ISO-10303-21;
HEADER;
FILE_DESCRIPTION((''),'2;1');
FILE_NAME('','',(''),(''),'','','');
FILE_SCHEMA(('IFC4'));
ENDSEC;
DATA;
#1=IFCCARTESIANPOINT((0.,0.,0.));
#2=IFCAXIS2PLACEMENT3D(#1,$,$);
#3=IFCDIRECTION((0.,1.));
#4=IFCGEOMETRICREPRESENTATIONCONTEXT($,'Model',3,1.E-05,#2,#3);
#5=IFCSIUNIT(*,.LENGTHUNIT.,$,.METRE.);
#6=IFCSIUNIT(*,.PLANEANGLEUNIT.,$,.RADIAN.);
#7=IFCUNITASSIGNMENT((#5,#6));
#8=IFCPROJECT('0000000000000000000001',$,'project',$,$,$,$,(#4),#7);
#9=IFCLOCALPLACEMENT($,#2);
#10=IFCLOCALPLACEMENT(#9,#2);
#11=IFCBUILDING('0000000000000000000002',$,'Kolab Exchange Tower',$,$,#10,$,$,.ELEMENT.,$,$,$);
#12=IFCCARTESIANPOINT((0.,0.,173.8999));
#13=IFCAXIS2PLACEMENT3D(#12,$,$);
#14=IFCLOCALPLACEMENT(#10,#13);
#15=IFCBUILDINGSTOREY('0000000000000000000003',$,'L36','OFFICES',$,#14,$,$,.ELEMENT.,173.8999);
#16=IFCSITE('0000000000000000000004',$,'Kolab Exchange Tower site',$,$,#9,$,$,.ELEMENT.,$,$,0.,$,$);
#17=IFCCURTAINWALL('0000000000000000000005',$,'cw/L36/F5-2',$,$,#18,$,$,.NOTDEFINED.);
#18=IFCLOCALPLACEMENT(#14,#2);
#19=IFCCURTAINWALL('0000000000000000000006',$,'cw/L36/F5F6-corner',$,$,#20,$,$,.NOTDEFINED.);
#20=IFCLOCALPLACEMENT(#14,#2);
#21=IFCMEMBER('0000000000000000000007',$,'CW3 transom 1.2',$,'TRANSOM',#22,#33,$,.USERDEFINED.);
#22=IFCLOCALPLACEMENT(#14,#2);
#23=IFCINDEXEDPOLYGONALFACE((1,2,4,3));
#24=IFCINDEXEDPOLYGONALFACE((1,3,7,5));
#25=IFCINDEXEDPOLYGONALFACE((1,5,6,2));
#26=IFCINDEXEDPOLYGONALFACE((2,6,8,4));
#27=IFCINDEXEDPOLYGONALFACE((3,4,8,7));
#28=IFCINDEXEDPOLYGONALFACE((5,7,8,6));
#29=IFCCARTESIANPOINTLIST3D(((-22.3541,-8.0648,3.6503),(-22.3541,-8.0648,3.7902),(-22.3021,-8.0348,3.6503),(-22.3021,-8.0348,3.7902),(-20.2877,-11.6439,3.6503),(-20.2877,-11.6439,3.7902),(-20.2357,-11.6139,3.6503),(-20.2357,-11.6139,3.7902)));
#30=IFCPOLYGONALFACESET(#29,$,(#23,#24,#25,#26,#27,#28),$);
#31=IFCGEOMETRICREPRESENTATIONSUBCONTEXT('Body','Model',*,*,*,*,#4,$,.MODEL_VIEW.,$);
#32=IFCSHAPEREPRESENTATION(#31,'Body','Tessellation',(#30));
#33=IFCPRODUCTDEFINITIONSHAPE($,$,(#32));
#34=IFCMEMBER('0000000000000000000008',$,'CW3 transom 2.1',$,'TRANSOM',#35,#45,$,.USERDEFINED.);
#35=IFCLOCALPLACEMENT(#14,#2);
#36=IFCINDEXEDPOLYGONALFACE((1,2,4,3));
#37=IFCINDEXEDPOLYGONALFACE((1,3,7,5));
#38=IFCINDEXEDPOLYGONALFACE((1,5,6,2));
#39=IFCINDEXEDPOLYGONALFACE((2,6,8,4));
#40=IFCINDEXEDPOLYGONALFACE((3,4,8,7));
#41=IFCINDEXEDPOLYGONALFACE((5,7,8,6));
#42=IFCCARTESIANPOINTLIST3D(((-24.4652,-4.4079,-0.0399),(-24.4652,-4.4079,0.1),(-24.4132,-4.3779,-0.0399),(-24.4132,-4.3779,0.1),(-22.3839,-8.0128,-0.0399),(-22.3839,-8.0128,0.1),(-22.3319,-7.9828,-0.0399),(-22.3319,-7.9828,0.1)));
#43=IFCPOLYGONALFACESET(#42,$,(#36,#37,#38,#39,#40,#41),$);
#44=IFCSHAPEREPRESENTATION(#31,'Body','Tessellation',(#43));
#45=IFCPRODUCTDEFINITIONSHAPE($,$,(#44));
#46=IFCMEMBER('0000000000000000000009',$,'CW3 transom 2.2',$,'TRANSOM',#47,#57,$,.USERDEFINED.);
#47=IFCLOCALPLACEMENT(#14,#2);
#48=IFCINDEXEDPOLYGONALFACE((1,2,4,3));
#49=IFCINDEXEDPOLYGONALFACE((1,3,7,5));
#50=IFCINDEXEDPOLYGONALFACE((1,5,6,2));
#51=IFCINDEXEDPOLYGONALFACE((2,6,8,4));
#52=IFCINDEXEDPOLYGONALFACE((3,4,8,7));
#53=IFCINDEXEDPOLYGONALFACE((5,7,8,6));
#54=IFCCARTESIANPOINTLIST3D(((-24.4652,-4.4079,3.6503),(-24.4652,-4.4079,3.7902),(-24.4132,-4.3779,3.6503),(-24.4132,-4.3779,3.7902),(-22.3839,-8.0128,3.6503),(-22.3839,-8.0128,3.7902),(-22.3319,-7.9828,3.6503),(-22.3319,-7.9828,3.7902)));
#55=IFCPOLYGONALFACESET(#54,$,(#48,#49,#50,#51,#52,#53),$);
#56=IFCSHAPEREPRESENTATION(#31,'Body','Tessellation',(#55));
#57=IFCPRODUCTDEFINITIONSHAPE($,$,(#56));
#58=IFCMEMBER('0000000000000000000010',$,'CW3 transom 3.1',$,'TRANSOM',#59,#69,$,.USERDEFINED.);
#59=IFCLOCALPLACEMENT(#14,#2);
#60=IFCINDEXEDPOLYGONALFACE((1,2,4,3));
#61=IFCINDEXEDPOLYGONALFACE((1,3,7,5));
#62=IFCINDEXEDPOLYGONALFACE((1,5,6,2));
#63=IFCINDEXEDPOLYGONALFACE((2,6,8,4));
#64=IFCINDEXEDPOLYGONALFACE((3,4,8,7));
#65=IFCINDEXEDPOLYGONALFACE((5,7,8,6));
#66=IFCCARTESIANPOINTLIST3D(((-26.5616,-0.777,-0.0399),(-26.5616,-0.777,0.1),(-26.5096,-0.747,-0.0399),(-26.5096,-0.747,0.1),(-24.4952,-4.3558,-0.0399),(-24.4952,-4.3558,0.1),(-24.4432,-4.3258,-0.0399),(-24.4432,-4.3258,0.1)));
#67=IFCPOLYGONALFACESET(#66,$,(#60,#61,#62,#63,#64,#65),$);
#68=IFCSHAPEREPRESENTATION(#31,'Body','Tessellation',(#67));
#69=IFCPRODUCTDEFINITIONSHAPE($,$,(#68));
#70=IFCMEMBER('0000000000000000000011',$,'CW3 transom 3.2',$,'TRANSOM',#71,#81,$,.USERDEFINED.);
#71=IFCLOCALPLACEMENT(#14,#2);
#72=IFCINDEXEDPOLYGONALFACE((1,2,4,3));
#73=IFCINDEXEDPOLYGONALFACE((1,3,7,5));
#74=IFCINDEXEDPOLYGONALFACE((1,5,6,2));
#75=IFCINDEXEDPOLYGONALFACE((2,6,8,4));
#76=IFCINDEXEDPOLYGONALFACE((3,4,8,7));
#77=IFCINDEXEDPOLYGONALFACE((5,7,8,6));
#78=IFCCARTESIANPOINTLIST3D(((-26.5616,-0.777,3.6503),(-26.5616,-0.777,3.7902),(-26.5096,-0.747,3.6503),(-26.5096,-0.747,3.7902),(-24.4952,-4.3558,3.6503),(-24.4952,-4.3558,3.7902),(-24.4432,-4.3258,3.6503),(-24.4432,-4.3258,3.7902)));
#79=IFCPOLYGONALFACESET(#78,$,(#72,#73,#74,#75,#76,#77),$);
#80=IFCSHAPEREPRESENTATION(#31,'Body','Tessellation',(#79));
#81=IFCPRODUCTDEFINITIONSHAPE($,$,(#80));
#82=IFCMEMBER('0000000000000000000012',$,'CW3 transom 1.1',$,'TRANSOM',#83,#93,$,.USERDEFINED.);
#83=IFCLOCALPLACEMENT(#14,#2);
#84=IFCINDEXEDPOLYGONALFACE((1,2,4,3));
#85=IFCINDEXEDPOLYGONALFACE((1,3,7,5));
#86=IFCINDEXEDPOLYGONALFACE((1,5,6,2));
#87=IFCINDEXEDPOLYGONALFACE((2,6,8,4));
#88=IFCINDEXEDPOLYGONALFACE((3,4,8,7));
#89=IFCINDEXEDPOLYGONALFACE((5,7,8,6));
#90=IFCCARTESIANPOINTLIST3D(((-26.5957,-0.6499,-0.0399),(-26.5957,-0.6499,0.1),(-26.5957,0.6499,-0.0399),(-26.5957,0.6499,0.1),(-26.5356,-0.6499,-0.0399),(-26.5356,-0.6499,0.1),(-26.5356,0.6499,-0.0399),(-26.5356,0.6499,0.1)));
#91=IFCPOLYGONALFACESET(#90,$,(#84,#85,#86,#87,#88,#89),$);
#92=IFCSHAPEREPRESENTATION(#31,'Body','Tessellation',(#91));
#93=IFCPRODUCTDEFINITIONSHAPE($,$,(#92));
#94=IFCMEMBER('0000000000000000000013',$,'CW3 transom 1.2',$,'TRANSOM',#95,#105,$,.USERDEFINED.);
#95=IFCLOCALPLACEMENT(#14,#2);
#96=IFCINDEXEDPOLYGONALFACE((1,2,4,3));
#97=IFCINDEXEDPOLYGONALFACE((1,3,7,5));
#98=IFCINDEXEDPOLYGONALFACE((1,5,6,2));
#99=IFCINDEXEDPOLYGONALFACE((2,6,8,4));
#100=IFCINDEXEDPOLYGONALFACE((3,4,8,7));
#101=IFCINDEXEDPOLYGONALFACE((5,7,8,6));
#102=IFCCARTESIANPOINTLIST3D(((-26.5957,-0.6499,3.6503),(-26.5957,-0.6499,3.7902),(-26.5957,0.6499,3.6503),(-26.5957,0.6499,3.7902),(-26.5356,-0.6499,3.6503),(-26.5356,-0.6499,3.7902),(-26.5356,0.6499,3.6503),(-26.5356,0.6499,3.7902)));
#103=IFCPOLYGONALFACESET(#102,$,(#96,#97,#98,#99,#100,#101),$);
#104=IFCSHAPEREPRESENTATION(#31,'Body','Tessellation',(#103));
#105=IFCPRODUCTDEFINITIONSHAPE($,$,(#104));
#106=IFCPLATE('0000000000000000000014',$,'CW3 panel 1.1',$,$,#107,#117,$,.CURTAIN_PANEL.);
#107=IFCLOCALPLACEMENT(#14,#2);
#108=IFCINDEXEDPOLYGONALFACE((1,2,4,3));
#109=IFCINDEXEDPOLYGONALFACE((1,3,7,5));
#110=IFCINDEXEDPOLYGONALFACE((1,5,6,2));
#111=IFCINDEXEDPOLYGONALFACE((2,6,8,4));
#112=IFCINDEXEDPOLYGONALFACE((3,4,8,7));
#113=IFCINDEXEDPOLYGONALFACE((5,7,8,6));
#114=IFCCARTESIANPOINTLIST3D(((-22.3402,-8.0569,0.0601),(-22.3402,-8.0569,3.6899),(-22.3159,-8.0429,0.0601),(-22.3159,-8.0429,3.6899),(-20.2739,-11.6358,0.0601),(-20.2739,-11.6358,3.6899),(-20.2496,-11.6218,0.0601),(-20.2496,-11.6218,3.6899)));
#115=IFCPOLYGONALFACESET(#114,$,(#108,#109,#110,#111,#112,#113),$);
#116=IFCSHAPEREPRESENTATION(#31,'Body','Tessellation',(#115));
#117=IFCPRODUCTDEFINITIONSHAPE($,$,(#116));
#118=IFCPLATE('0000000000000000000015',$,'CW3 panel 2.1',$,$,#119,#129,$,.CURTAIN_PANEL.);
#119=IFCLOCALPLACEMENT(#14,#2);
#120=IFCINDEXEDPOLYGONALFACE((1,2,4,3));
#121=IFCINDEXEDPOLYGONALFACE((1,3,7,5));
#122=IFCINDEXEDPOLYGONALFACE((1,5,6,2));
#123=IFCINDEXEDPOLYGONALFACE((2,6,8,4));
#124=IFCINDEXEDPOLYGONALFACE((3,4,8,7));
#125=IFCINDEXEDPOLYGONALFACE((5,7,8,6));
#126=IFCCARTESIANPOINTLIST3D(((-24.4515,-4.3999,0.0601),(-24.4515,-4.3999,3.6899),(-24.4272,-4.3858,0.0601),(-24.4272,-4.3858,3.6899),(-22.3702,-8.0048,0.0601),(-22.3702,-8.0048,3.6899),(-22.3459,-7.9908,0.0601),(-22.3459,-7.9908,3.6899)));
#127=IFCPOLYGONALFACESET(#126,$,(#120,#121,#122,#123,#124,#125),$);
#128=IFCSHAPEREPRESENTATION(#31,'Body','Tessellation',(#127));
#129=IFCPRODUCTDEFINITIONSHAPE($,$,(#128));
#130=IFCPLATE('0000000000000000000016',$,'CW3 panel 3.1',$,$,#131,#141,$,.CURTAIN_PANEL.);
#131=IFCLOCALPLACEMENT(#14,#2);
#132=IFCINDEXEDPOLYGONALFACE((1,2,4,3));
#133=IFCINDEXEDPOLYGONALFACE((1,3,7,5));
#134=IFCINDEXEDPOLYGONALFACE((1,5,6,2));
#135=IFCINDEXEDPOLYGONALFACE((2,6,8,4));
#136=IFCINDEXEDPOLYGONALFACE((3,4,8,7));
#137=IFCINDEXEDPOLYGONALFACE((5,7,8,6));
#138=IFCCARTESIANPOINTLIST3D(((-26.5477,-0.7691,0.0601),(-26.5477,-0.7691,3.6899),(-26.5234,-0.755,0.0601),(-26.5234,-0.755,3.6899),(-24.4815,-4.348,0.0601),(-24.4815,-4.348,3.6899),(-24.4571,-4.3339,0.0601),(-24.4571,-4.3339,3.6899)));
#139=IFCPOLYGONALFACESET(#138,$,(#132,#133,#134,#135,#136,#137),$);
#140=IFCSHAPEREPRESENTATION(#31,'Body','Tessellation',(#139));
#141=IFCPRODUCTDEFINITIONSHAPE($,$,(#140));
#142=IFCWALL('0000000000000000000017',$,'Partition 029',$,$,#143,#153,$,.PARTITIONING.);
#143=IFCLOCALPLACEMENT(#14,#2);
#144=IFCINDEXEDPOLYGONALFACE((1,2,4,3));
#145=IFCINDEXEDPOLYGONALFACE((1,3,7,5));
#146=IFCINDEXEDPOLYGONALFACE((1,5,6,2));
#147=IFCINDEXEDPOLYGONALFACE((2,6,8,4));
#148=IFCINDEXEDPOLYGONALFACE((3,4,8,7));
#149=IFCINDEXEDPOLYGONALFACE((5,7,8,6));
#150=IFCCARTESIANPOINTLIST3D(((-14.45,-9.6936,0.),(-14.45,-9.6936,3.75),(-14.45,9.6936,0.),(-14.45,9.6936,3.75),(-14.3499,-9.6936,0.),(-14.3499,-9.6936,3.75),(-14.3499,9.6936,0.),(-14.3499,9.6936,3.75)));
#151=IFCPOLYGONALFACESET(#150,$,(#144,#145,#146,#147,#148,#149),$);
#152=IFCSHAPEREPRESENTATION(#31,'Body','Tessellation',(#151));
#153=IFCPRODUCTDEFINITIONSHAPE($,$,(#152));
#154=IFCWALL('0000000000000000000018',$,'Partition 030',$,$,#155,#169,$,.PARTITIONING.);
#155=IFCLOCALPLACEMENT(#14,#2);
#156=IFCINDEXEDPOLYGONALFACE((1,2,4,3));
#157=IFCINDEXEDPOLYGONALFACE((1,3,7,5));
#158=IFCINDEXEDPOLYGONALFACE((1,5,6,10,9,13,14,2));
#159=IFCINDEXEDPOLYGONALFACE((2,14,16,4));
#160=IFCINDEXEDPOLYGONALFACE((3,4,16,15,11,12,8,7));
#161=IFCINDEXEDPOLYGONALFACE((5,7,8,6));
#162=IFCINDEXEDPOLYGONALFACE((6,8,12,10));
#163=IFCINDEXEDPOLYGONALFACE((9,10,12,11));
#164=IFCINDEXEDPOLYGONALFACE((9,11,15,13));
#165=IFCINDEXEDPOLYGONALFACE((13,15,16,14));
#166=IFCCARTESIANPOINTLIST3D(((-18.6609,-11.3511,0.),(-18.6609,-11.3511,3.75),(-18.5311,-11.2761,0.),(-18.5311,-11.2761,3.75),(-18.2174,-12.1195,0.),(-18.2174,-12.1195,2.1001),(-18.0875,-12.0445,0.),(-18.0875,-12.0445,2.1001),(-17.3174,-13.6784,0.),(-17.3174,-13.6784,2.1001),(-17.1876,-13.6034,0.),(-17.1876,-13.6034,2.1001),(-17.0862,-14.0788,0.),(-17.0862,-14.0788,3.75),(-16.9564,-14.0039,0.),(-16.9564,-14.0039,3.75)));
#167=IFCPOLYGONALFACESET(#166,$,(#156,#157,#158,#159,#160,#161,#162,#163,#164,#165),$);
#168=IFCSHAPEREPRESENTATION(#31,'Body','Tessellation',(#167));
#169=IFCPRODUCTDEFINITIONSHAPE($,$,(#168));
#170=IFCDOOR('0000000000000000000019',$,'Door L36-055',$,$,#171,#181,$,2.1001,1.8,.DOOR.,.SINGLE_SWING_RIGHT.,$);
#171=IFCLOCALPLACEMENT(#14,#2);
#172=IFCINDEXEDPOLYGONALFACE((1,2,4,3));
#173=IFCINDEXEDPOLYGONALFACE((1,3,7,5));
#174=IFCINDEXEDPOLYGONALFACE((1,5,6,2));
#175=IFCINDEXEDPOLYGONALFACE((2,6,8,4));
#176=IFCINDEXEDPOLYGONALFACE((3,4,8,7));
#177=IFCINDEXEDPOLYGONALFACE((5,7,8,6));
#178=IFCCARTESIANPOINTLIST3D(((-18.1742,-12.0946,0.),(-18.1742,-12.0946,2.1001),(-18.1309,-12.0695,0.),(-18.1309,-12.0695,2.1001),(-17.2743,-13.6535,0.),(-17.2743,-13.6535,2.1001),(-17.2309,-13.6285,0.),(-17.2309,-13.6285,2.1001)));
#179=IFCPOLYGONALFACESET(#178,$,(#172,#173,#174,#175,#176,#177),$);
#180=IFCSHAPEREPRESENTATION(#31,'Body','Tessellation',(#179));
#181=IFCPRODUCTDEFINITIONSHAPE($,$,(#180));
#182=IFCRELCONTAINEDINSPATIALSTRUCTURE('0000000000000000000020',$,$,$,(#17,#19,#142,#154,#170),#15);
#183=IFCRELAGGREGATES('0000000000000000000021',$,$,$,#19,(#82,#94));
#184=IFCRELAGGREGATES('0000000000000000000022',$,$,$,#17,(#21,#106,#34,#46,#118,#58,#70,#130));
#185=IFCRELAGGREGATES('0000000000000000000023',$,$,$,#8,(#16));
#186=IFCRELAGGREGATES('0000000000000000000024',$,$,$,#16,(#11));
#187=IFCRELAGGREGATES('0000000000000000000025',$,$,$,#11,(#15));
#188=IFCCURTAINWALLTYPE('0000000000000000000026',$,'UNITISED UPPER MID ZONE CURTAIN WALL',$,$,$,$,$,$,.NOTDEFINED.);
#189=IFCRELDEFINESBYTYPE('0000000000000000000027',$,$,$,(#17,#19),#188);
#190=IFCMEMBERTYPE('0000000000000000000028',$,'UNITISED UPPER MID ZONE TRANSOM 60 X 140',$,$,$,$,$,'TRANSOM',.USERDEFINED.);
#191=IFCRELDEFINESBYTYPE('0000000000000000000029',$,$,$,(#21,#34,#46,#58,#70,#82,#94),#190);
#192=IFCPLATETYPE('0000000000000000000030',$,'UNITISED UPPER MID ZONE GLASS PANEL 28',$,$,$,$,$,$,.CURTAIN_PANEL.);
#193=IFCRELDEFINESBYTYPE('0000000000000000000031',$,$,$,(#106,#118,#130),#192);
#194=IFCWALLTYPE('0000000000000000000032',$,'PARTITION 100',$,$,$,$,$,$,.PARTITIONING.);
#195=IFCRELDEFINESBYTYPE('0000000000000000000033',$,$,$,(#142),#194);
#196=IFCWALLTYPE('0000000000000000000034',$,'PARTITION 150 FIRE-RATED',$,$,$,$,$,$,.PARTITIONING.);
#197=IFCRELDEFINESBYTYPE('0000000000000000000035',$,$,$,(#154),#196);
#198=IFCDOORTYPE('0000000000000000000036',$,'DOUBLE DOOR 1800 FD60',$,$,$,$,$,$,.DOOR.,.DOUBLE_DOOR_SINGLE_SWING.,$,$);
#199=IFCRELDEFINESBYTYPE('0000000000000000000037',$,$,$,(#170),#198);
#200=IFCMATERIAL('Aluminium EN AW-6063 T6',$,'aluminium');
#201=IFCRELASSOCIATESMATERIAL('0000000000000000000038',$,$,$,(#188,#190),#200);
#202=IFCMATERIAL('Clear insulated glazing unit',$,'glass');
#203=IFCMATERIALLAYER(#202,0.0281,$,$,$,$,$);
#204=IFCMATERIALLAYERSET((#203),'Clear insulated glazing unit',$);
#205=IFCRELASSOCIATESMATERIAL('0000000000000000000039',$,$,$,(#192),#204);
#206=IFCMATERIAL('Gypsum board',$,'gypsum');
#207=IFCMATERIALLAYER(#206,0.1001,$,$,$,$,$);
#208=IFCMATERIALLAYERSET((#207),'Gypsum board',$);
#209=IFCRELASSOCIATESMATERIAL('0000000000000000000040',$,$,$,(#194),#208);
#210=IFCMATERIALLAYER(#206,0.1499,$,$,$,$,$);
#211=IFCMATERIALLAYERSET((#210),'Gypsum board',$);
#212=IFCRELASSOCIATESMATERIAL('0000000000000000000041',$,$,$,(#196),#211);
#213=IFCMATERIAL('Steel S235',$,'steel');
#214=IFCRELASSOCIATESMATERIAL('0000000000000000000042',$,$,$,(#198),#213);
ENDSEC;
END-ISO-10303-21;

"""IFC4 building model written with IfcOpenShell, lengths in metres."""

from ifc_helpers import new_model, si_unit, direction, frame, frame_2d, origin, origin_2d, place, context, subcontext, project, spatial, rectangle, extrude, material, layer, layer_set, material_profile, profile_set, type_object, element, fill, aggregate, save


model = new_model("IFC4")

# Units and contexts
model_context = context("Model", 3, precision=1e-05, world=origin(), true_north=direction((0.0, 1.0)))
body_context = subcontext(model_context, "Body", "Model", "MODEL_VIEW")
ifc_project = project(units=[si_unit("LENGTHUNIT", "METRE"), si_unit("PLANEANGLEUNIT", "RADIAN")], contexts=[model_context])

# Site, building, storey
site_placement = place(None, origin())
site = spatial("IfcSite", under=ifc_project, at=site_placement, Name="Kolab Exchange Tower site", CompositionType="ELEMENT", RefElevation=0.0)
building_placement = place(site_placement, origin())
building = spatial("IfcBuilding", under=site, at=building_placement, Name="Kolab Exchange Tower", CompositionType="ELEMENT")
storey_placement = place(building_placement, frame((0.0, 0.0, 173.8999)))
storey = spatial("IfcBuildingStorey", under=building, at=storey_placement, Name="L36", Description="OFFICES", CompositionType="ELEMENT", Elevation=173.8999)

# Curtain wall
ifc_material_1 = material(Name="Aluminium EN AW-6063 T6", Category="aluminium")
curtain_wall_type = type_object("IfcCurtainWallType", Name="UNITISED UPPER MID ZONE CURTAIN WALL", PredefinedType="NOTDEFINED", material=ifc_material_1)
curtain_wall_1_placement = place(storey_placement, origin())
curtain_wall_1 = element("IfcCurtainWall", 1, at=curtain_wall_1_placement, inside=storey, type_object=curtain_wall_type, Name="cw/L36/F5-2", PredefinedType="NOTDEFINED")

# Curtain wall
curtain_wall_2_placement = place(storey_placement, origin())
curtain_wall_2 = element("IfcCurtainWall", 2, at=curtain_wall_2_placement, inside=storey, type_object=curtain_wall_type, Name="cw/L36/F5F6-corner", PredefinedType="NOTDEFINED")

# Members
ifc_material_profile_1 = material_profile(ifc_material_1, rectangle(XDim=0.0601, YDim=0.1399, at=origin_2d()), Name="RECT 60X140")
ifc_profile_set_1 = profile_set([ifc_material_profile_1], Name="Aluminium EN AW-6063 T6")
member_type_1 = type_object("IfcMemberType", Name="UNITISED UPPER MID ZONE TRANSOM 60 X 140", ElementType="TRANSOM", PredefinedType="USERDEFINED", material=ifc_profile_set_1)
member_1_placement = place(storey_placement, frame((-20.2617, -11.6289, 3.7202), z_axis=(-0.500002, 0.866024, 0.0), x_axis=(-0.866024, -0.500002, 0.0)))
member_1 = element("IfcMember", 3, at=member_1_placement, type_object=member_type_1, Name="CW3 transom 1.2", ObjectType="TRANSOM", PredefinedType="USERDEFINED", context=body_context, shape_type="SweptSolid", body=[
    extrude(rectangle(XDim=0.0601, YDim=0.1399, at=origin_2d()), origin(), (0.0, 0.0, 1.0), 4.1328),
])
member_2_placement = place(storey_placement, frame((-22.3579, -7.9978, 0.03), z_axis=(-0.499993, 0.866029, 0.0), x_axis=(-0.866029, -0.499993, 0.0)))
member_2 = element("IfcMember", 4, at=member_2_placement, type_object=member_type_1, Name="CW3 transom 2.1", ObjectType="TRANSOM", PredefinedType="USERDEFINED", context=body_context, shape_type="SweptSolid", body=[
    extrude(rectangle(XDim=0.0601, YDim=0.1399, at=origin_2d()), origin(), (0.0, 0.0, 1.0), 4.1626),
])
member_3_placement = place(storey_placement, frame((-22.3579, -7.9978, 3.7202), z_axis=(-0.499993, 0.866029, 0.0), x_axis=(-0.866029, -0.499993, 0.0)))
member_3 = element("IfcMember", 5, at=member_3_placement, type_object=member_type_1, Name="CW3 transom 2.2", ObjectType="TRANSOM", PredefinedType="USERDEFINED", context=body_context, shape_type="SweptSolid", body=[
    extrude(rectangle(XDim=0.0601, YDim=0.1399, at=origin_2d()), origin(), (0.0, 0.0, 1.0), 4.1626),
])
member_4_placement = place(storey_placement, frame((-24.4692, -4.3408, 0.03), z_axis=(-0.500028, 0.866009, 0.0), x_axis=(-0.866009, -0.500028, 0.0)))
member_4 = element("IfcMember", 6, at=member_4_placement, type_object=member_type_1, Name="CW3 transom 3.1", ObjectType="TRANSOM", PredefinedType="USERDEFINED", context=body_context, shape_type="SweptSolid", body=[
    extrude(rectangle(XDim=0.0601, YDim=0.1399, at=origin_2d()), origin(), (0.0, 0.0, 1.0), 4.1326),
])
member_5_placement = place(storey_placement, frame((-24.4692, -4.3408, 3.7202), z_axis=(-0.500028, 0.866009, 0.0), x_axis=(-0.866009, -0.500028, 0.0)))
member_5 = element("IfcMember", 7, at=member_5_placement, type_object=member_type_1, Name="CW3 transom 3.2", ObjectType="TRANSOM", PredefinedType="USERDEFINED", context=body_context, shape_type="SweptSolid", body=[
    extrude(rectangle(XDim=0.0601, YDim=0.1399, at=origin_2d()), origin(), (0.0, 0.0, 1.0), 4.1326),
])
member_6_placement = place(storey_placement, frame((-26.5657, -0.6499, 0.03), z_axis=(0.0, 1.0, 0.0), x_axis=(-1.0, 0.0, 0.0)))
member_6 = element("IfcMember", 8, at=member_6_placement, type_object=member_type_1, Name="CW3 transom 1.1", ObjectType="TRANSOM", PredefinedType="USERDEFINED", context=body_context, shape_type="SweptSolid", body=[
    extrude(rectangle(XDim=0.0601, YDim=0.1399, at=origin_2d()), origin(), (0.0, 0.0, 1.0), 1.2998),
])
member_7_placement = place(storey_placement, frame((-26.5657, -0.6499, 3.7202), z_axis=(0.0, 1.0, 0.0), x_axis=(-1.0, 0.0, 0.0)))
member_7 = element("IfcMember", 9, at=member_7_placement, type_object=member_type_1, Name="CW3 transom 1.2", ObjectType="TRANSOM", PredefinedType="USERDEFINED", context=body_context, shape_type="SweptSolid", body=[
    extrude(rectangle(XDim=0.0601, YDim=0.1399, at=origin_2d()), origin(), (0.0, 0.0, 1.0), 1.2998),
])
aggregate(curtain_wall_2, [member_6, member_7])

# Plates
ifc_material_2 = material(Name="Clear insulated glazing unit", Category="glass")
ifc_layer_1 = layer(ifc_material_2, 0.0281)
ifc_layer_set_1 = layer_set([ifc_layer_1], Name="Clear insulated glazing unit")
plate_type = type_object("IfcPlateType", Name="UNITISED UPPER MID ZONE GLASS PANEL 28", PredefinedType="CURTAIN_PANEL", material=ifc_layer_set_1)
plate_1_placement = place(storey_placement, frame((-21.2949, -9.8394, 0.0601), z_axis=(0.0, 0.0, 1.0), x_axis=(-0.5, 0.866025, 0.0)))
plate_1 = element("IfcPlate", 10, at=plate_1_placement, type_object=plate_type, Name="CW3 panel 1.1", PredefinedType="CURTAIN_PANEL", context=body_context, shape_type="SweptSolid", body=[
    extrude(rectangle(XDim=4.1326, YDim=0.0281, at=origin_2d()), origin(), (0.0, 0.0, 1.0), 3.6299),
])
plate_2_placement = place(storey_placement, frame((-23.3987, -6.1953, 0.0601), z_axis=(0.0, 0.0, 1.0), x_axis=(-0.5, 0.866025, 0.0)))
plate_2 = element("IfcPlate", 11, at=plate_2_placement, type_object=plate_type, Name="CW3 panel 2.1", PredefinedType="CURTAIN_PANEL", context=body_context, shape_type="SweptSolid", body=[
    extrude(rectangle(XDim=4.1626, YDim=0.0281, at=origin_2d()), origin(), (0.0, 0.0, 1.0), 3.6299),
])
plate_3_placement = place(storey_placement, frame((-25.5024, -2.5515, 0.0601), z_axis=(0.0, 0.0, 1.0), x_axis=(-0.5, 0.866025, 0.0)))
plate_3 = element("IfcPlate", 12, at=plate_3_placement, type_object=plate_type, Name="CW3 panel 3.1", PredefinedType="CURTAIN_PANEL", context=body_context, shape_type="SweptSolid", body=[
    extrude(rectangle(XDim=4.1326, YDim=0.0281, at=origin_2d()), origin(), (0.0, 0.0, 1.0), 3.6299),
])
aggregate(curtain_wall_1, [member_1, plate_1, member_2, member_3, plate_2, member_4, member_5, plate_3])

# Wall
ifc_material_3 = material(Name="Gypsum board", Category="gypsum")
ifc_layer_2 = layer(ifc_material_3, 0.1001)
ifc_layer_set_2 = layer_set([ifc_layer_2], Name="Gypsum board")
wall_type_1 = type_object("IfcWallType", Name="PARTITION 100", PredefinedType="PARTITIONING", material=ifc_layer_set_2)
wall_1_placement = place(storey_placement, frame((-14.3999, -9.6936, 0.0), z_axis=(0.0, 0.0, 1.0), x_axis=(0.0, 1.0, 0.0)))
element("IfcWall", 13, at=wall_1_placement, inside=storey, type_object=wall_type_1, Name="Partition 029", PredefinedType="PARTITIONING", context=body_context, shape_type="SweptSolid", body=[
    extrude(rectangle(XDim=19.3872, YDim=0.1001, at=frame_2d((9.6936, 0.0))), origin(), (0.0, 0.0, 1.0), 3.75),
])

# Wall, opening, door
ifc_layer_3 = layer(ifc_material_3, 0.1499)
ifc_layer_set_3 = layer_set([ifc_layer_3], Name="Gypsum board")
wall_type_2 = type_object("IfcWallType", Name="PARTITION 150 FIRE-RATED", PredefinedType="PARTITIONING", material=ifc_layer_set_3)
wall_2_placement = place(storey_placement, frame((-18.5959, -11.3137, 0.0), z_axis=(0.0, 0.0, 1.0), x_axis=(0.499957, -0.86605, 0.0)))
wall_2 = element("IfcWall", 14, at=wall_2_placement, inside=storey, type_object=wall_type_2, Name="Partition 030", PredefinedType="PARTITIONING", context=body_context, shape_type="SweptSolid", body=[
    extrude(rectangle(XDim=3.1497, YDim=0.1499, at=frame_2d((1.5747, 0.0))), origin(), (0.0, 0.0, 1.0), 3.75),
])
opening_placement = place(wall_2_placement, frame((0.8872, 0.0, 0.0)))
opening = element("IfcOpeningElement", 15, at=opening_placement, cuts=wall_2, PredefinedType="OPENING", context=body_context, shape_type="SweptSolid", body=[
    extrude(rectangle(XDim=1.8, YDim=2.1001, at=frame_2d((0.8999, 1.05))), frame((0.0, 0.085, 0.0), z_axis=(0.0, -1.0, 0.0), x_axis=(1.0, 0.0, 0.0)), (0.0, 0.0, 1.0), 0.1699),
])
ifc_material_4 = material(Name="Steel S235", Category="steel")
door_type = type_object("IfcDoorType", Name="DOUBLE DOOR 1800 FD60", OperationType="DOUBLE_DOOR_SINGLE_SWING", PredefinedType="DOOR", material=ifc_material_4)
door_placement = place(opening_placement, origin())
door = element("IfcDoor", 16, at=door_placement, inside=storey, type_object=door_type, Name="Door L36-055", OperationType="SINGLE_SWING_RIGHT", OverallHeight=2.1001, OverallWidth=1.8, PredefinedType="DOOR", context=body_context, shape_type="SweptSolid", body=[
    extrude(rectangle(XDim=1.8, YDim=2.1001, at=frame_2d((0.8999, 1.05))), frame((0.0, 0.0249, 0.0), z_axis=(0.0, -1.0, 0.0), x_axis=(1.0, 0.0, 0.0)), (0.0, 0.0, 1.0), 0.05),
])
fill(opening, door)

save(model, "model.ifc")
